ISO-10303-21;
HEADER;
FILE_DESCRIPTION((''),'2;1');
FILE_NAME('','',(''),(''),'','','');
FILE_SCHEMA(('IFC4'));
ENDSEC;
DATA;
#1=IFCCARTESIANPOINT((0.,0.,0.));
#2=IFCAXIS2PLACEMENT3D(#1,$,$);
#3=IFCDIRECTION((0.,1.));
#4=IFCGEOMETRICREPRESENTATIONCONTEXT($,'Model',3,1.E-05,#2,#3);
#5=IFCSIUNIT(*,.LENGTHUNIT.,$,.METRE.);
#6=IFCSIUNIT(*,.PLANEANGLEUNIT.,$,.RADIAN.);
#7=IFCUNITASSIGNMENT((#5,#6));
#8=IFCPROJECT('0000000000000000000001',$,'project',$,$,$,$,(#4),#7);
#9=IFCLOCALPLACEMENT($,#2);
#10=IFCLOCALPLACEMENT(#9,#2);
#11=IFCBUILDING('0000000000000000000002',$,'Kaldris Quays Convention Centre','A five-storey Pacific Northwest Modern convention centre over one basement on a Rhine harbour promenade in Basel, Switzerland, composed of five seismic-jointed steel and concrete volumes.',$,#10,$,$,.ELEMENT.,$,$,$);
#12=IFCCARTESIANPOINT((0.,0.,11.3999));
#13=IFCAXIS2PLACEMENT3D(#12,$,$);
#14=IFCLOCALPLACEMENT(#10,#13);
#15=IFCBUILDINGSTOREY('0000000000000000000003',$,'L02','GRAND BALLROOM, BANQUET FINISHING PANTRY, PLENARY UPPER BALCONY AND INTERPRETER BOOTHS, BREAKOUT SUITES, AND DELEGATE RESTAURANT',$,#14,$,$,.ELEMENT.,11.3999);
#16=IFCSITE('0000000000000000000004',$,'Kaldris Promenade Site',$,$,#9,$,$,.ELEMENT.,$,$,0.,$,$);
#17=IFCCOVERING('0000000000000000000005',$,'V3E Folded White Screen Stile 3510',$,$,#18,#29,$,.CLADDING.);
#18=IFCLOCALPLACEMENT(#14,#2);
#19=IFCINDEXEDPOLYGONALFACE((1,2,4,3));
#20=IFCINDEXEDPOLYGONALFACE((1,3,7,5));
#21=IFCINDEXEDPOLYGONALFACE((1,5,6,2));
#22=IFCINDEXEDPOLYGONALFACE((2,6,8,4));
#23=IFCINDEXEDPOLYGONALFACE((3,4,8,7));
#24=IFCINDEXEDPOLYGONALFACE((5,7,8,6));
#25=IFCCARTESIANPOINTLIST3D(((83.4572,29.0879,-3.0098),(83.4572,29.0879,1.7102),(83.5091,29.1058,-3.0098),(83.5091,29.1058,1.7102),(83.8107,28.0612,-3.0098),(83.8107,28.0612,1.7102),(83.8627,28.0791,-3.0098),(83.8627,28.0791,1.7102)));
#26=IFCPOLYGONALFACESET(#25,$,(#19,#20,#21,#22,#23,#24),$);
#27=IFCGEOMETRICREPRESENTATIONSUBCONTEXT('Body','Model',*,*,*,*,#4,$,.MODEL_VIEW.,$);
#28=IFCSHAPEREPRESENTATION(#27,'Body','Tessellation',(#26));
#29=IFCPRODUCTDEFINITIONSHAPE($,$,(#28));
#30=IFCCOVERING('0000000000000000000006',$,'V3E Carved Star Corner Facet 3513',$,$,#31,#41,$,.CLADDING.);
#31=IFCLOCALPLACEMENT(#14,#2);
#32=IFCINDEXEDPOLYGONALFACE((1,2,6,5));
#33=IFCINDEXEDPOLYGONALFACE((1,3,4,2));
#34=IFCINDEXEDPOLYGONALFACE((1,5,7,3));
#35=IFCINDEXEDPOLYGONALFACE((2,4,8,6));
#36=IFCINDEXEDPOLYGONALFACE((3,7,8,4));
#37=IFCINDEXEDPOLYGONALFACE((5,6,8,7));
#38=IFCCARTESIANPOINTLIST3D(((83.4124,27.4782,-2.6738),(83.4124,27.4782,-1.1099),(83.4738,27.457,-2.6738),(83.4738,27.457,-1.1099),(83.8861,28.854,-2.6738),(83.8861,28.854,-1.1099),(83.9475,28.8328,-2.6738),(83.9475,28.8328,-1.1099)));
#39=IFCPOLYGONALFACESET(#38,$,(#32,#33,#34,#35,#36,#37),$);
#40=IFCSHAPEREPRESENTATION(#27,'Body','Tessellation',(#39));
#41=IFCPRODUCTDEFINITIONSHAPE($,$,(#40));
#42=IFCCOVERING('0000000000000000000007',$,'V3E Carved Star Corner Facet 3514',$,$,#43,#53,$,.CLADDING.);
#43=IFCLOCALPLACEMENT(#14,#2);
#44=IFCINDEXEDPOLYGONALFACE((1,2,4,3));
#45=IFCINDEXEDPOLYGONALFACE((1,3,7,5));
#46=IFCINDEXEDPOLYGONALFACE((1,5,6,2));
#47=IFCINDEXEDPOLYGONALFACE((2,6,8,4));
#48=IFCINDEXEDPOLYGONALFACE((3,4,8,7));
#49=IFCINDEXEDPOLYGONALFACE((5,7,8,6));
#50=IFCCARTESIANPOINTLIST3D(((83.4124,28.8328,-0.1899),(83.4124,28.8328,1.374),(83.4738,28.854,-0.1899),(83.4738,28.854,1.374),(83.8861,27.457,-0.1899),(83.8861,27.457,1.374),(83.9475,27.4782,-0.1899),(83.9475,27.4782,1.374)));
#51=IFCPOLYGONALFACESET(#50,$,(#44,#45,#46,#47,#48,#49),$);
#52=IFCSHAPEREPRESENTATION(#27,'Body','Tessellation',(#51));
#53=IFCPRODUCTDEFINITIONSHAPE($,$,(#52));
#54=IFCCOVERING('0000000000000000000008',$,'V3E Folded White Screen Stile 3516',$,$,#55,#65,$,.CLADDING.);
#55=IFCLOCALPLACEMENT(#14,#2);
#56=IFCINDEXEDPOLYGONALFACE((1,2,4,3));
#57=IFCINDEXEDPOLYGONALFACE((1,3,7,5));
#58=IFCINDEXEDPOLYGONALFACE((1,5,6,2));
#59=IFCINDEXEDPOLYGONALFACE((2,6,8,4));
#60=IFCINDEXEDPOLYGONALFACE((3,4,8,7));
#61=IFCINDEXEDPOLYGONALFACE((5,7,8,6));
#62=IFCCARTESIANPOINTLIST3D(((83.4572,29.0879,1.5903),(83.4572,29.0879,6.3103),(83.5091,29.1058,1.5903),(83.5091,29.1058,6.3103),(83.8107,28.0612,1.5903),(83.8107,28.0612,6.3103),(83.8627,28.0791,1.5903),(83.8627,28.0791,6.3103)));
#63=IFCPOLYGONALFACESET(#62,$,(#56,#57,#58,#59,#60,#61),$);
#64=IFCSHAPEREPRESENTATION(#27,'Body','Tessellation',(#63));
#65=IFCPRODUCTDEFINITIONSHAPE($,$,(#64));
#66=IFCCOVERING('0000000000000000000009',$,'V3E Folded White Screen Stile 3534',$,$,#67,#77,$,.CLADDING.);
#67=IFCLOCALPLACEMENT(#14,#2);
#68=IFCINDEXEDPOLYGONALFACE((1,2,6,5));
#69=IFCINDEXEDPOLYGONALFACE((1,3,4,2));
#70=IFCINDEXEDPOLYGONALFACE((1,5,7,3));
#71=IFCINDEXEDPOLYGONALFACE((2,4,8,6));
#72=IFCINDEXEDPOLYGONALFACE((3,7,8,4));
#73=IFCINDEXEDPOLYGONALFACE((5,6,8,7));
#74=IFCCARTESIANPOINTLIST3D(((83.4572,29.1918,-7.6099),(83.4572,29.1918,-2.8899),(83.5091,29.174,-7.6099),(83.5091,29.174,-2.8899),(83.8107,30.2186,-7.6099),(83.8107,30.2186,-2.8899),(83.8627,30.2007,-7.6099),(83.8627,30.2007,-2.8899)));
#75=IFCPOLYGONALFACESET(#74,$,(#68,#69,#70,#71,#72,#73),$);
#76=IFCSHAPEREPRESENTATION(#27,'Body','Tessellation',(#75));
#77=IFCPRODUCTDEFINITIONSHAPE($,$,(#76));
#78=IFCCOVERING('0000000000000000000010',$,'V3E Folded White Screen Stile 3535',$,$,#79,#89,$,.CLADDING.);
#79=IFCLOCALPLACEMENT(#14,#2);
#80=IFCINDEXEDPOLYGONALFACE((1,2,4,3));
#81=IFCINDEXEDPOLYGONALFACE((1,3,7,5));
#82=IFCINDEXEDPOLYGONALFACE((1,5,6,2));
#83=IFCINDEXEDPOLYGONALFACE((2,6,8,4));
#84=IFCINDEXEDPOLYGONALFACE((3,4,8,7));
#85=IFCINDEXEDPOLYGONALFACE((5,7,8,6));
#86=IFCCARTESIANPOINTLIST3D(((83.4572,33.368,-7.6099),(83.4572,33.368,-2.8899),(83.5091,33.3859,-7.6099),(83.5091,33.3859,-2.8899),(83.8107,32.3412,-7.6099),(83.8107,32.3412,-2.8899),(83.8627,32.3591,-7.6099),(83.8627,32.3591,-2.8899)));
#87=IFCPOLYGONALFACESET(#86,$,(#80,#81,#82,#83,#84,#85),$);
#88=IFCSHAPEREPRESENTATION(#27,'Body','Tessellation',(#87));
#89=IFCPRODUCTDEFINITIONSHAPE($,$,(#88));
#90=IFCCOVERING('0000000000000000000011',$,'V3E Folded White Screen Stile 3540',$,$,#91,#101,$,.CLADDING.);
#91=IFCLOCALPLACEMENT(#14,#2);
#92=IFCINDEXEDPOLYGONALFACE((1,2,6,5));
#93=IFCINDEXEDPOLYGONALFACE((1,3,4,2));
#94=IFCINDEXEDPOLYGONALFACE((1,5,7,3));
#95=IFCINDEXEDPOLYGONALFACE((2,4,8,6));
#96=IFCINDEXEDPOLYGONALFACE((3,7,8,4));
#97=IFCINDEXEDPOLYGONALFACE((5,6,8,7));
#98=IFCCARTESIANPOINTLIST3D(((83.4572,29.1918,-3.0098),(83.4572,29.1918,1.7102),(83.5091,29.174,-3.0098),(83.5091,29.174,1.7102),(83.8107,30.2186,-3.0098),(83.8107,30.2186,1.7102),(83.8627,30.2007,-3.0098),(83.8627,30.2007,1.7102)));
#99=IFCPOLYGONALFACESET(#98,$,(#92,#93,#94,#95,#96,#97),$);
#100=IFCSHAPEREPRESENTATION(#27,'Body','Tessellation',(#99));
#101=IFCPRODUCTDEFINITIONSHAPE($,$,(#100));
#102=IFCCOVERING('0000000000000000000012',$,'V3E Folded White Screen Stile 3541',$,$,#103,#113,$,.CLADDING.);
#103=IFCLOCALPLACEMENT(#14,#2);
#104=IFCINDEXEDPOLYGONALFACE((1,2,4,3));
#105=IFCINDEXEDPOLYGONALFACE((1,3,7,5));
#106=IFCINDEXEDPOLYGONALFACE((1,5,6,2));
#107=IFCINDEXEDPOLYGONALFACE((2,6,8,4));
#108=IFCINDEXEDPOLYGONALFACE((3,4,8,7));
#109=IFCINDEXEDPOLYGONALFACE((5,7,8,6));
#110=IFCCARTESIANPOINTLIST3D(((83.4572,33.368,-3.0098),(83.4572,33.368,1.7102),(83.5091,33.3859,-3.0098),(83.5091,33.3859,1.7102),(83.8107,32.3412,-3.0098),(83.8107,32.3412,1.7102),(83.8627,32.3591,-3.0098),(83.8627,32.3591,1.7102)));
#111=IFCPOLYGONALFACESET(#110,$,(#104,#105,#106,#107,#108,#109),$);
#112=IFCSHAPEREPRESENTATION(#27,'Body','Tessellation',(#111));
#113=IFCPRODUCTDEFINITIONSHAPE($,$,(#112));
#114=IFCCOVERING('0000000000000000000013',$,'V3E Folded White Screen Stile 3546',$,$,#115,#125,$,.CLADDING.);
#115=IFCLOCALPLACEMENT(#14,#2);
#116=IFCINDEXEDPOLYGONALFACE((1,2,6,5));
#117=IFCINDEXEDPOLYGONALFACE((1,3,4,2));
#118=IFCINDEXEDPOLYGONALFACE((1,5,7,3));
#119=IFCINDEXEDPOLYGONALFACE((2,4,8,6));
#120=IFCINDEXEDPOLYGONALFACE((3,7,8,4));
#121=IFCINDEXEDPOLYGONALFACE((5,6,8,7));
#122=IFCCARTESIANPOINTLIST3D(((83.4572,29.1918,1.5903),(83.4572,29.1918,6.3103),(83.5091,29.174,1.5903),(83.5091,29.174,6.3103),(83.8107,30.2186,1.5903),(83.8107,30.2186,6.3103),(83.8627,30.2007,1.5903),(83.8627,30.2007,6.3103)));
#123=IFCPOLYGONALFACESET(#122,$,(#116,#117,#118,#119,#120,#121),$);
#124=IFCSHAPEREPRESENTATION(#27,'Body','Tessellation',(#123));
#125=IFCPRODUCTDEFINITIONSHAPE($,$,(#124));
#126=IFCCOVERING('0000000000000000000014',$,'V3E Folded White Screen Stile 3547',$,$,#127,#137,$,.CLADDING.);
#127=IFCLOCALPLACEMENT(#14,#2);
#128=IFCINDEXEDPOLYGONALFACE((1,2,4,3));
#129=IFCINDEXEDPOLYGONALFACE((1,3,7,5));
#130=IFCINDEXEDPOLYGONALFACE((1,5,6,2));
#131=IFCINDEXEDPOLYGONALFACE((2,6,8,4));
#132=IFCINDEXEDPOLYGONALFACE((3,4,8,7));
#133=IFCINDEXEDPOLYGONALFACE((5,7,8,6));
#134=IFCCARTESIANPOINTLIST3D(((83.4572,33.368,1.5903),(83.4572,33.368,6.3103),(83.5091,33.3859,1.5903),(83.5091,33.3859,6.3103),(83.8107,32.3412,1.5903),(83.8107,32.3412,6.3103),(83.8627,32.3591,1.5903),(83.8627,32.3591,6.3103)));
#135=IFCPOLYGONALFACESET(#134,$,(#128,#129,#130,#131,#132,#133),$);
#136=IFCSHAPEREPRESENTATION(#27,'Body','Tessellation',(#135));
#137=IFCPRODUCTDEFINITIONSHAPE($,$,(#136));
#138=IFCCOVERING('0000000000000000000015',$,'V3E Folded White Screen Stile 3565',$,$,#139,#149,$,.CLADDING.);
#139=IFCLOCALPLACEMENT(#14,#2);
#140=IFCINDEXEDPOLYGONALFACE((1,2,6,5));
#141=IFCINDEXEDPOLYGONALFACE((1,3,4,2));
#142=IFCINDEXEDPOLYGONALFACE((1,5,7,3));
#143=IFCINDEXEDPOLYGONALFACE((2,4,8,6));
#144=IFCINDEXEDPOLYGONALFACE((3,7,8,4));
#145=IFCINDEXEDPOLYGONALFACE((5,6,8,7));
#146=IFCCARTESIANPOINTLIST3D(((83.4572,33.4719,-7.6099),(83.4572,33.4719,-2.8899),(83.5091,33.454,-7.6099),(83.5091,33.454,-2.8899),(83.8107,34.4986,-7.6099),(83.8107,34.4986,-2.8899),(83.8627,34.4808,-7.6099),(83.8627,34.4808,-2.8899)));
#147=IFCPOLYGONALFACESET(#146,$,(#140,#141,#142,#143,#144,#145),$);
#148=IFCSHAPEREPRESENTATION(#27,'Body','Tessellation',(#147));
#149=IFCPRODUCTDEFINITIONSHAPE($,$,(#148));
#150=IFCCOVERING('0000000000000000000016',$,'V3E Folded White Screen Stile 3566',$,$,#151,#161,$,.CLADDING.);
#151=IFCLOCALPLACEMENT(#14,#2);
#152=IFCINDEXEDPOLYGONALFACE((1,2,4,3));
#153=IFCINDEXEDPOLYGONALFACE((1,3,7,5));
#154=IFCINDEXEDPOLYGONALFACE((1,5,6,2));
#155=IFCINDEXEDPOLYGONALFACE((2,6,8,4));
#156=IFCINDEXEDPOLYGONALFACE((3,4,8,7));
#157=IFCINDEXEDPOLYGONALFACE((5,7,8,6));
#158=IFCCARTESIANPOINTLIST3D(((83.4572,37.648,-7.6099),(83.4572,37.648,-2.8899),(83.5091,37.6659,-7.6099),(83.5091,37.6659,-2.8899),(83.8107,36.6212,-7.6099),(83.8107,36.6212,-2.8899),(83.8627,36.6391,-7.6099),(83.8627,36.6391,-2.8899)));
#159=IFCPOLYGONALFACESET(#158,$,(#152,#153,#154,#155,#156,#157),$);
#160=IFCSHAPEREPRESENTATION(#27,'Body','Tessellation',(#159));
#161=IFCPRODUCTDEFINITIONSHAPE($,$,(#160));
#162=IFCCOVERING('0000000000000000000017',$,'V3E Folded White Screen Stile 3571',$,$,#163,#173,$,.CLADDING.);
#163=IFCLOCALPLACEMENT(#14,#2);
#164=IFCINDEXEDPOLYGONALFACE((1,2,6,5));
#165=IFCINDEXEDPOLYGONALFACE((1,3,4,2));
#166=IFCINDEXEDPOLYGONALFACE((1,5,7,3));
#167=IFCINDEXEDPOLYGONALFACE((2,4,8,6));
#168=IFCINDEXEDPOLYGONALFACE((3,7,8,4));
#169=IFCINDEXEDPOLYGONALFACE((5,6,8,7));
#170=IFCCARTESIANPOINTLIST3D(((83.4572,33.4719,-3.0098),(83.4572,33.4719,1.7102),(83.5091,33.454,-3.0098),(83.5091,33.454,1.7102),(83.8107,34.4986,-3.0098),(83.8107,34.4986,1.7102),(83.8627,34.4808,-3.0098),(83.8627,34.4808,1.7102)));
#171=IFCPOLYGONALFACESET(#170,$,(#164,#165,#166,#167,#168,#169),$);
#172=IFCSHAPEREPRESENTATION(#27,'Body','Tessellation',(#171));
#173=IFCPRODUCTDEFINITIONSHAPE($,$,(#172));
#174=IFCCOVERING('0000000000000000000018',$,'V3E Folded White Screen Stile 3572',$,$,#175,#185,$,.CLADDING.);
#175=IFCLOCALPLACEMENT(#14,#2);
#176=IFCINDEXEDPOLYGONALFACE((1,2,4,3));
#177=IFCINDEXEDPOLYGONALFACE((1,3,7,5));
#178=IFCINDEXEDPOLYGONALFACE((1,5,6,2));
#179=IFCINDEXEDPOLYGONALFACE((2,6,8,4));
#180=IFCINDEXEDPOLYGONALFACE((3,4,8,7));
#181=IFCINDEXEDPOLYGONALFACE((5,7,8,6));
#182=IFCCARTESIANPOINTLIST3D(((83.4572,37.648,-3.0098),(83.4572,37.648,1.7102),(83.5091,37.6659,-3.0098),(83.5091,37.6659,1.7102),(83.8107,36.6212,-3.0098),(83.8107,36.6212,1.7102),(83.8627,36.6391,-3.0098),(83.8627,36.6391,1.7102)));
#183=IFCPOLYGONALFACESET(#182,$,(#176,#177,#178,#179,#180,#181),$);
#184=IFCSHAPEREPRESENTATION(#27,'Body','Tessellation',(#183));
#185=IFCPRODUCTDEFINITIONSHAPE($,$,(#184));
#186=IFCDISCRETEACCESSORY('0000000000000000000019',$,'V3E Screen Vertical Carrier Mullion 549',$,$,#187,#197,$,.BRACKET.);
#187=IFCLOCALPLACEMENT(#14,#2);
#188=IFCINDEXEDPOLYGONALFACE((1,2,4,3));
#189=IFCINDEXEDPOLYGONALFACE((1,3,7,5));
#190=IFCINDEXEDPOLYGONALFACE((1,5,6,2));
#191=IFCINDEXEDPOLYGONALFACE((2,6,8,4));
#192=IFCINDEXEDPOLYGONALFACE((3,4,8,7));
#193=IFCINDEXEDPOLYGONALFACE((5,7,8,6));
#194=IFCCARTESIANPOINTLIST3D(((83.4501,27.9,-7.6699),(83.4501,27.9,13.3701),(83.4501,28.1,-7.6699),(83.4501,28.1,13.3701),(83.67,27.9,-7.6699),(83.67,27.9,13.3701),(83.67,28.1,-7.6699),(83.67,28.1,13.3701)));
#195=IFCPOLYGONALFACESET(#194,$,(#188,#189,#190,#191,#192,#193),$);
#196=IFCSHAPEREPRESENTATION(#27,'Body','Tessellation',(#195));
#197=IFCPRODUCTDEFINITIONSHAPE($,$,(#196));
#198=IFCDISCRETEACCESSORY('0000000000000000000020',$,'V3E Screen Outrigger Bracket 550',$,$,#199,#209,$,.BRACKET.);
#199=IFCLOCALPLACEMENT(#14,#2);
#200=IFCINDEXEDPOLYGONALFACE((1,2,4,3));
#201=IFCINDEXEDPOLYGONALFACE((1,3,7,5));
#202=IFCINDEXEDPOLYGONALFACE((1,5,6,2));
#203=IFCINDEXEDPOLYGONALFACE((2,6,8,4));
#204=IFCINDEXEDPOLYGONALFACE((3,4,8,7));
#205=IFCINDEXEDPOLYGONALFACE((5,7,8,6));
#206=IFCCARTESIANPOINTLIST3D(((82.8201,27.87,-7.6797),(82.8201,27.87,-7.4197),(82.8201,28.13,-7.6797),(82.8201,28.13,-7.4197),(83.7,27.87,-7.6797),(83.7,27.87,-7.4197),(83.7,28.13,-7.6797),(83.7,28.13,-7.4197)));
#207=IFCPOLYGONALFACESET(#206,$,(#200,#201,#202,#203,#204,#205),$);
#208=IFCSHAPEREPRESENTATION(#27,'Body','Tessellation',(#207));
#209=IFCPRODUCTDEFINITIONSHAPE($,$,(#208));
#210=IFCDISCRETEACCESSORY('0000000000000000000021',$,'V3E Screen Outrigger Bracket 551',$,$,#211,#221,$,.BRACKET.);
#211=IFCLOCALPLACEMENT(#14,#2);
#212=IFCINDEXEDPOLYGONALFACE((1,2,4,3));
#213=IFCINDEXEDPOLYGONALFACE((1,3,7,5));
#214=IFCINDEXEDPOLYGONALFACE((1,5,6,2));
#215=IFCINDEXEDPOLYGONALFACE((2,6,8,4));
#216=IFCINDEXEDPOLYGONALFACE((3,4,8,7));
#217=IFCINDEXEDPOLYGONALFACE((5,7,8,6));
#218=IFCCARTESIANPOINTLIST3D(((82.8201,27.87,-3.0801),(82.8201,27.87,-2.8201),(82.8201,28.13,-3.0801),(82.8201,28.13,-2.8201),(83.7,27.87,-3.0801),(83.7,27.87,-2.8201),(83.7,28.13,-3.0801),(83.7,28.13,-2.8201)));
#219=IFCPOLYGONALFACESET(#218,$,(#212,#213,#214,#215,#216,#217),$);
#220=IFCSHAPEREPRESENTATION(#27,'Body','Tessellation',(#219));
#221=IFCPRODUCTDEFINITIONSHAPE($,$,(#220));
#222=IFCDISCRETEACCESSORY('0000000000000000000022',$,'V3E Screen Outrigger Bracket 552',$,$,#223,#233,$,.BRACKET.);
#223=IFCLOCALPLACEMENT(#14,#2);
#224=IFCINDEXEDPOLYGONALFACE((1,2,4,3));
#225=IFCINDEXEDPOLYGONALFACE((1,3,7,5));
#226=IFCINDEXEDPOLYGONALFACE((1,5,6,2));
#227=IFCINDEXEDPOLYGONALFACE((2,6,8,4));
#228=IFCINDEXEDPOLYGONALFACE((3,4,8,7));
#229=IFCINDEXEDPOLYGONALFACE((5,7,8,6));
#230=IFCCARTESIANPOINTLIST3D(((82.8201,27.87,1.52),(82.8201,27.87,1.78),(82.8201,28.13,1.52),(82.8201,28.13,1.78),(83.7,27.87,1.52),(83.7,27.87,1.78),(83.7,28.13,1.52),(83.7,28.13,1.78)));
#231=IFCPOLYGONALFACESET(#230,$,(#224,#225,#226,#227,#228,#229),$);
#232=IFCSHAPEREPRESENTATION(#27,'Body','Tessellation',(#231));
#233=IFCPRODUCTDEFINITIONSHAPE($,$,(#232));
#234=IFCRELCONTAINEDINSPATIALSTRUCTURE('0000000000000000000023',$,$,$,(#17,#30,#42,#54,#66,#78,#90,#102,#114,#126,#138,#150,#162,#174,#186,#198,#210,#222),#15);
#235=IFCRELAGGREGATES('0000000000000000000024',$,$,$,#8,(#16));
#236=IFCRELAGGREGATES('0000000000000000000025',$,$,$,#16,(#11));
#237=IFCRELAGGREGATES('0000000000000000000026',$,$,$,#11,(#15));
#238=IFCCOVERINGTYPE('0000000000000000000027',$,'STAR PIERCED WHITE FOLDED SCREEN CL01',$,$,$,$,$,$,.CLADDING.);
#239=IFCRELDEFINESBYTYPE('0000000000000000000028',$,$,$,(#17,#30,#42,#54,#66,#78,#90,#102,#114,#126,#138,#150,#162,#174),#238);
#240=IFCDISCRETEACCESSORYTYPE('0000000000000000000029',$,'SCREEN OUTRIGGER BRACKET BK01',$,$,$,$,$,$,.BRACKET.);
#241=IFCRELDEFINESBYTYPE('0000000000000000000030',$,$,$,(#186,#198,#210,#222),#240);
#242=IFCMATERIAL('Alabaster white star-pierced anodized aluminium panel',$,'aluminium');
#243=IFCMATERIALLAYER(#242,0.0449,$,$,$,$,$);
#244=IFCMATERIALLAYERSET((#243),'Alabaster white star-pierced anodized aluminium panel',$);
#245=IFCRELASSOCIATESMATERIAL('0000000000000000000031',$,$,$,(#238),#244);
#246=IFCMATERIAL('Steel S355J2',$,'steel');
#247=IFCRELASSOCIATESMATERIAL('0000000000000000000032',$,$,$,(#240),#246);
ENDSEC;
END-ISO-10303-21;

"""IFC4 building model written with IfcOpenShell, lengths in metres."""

from ifc_helpers import new_model, si_unit, direction, frame, origin, origin_2d, place, context, subcontext, project, spatial, rectangle, extrude, material, layer, layer_set, type_object, element, save


model = new_model("IFC4")

# Units and contexts
model_context = context("Model", 3, precision=1e-05, world=origin(), true_north=direction((0.0, 1.0)))
body_context = subcontext(model_context, "Body", "Model", "MODEL_VIEW")
ifc_project = project(units=[si_unit("LENGTHUNIT", "METRE"), si_unit("PLANEANGLEUNIT", "RADIAN")], contexts=[model_context])

# Site, building, storey
site_placement = place(None, origin())
site = spatial("IfcSite", under=ifc_project, at=site_placement, Name="Kaldris Promenade Site", CompositionType="ELEMENT", RefElevation=0.0)
building_placement = place(site_placement, origin())
building = spatial("IfcBuilding", under=site, at=building_placement, Name="Kaldris Quays Convention Centre", Description="A five-storey Pacific Northwest Modern convention centre over one basement on a Rhine harbour promenade in Basel, Switzerland, composed of five seismic-jointed steel and concrete volumes.", CompositionType="ELEMENT")
storey_placement = place(building_placement, frame((0.0, 0.0, 11.3999)))
storey = spatial("IfcBuildingStorey", under=building, at=storey_placement, Name="L02", Description="GRAND BALLROOM, BANQUET FINISHING PANTRY, PLENARY UPPER BALCONY AND INTERPRETER BOOTHS, BREAKOUT SUITES, AND DELEGATE RESTAURANT", CompositionType="ELEMENT", Elevation=11.3999)

# Shared definitions
ifc_material_1 = material(Name="Steel S355J2", Category="steel")

# Coverings
ifc_material_2 = material(Name="Alabaster white star-pierced anodized aluminium panel", Category="aluminium")
ifc_layer = layer(ifc_material_2, 0.0449)
ifc_layer_set = layer_set([ifc_layer], Name="Alabaster white star-pierced anodized aluminium panel")
covering_type = type_object("IfcCoveringType", Name="STAR PIERCED WHITE FOLDED SCREEN CL01", PredefinedType="CLADDING", material=ifc_layer_set)
covering_1_placement = place(storey_placement, frame((83.6599, 28.5835, -3.0098), z_axis=(0.0, 0.0, 1.0), x_axis=(-0.325568, 0.945519, 0.0)))
element("IfcCovering", 1, at=covering_1_placement, inside=storey, type_object=covering_type, Name="V3E Folded White Screen Stile 3510", PredefinedType="CLADDING", context=body_context, shape_type="SweptSolid", body=[
    extrude(rectangle(XDim=1.0859, YDim=0.0549, at=origin_2d()), origin(), (0.0, 0.0, 1.0), 4.72),
])
for number, where, z_axis, x_axis, name in (
    (2, (83.6799, 28.1555, -2.6738), (0.0, 0.0, 1.0), (0.325568, 0.945519, 0.0), "V3E Carved Star Corner Facet 3513"),
    (3, (83.6799, 28.1555, -0.1899), (0.0, 0.0, 1.0), (-0.325568, 0.945519, 0.0), "V3E Carved Star Corner Facet 3514"),
):
    element("IfcCovering", number, at=place(storey_placement, frame(where, z_axis=z_axis, x_axis=x_axis)), inside=storey, type_object=covering_type, Name=name, PredefinedType="CLADDING", context=body_context, shape_type="SweptSolid", body=[
        extrude(rectangle(XDim=1.4551, YDim=0.0649, at=origin_2d()), origin(), (0.0, 0.0, 1.0), 1.564),
    ])
for number, where, z_axis, x_axis, name in (
    (4, (83.6599, 28.5835, 1.5903), (0.0, 0.0, 1.0), (-0.325568, 0.945519, 0.0), "V3E Folded White Screen Stile 3516"),
    (5, (83.6599, 29.6963, -7.6099), (0.0, 0.0, 1.0), (0.325568, 0.945519, 0.0), "V3E Folded White Screen Stile 3534"),
    (6, (83.6599, 32.8635, -7.6099), (0.0, 0.0, 1.0), (-0.325568, 0.945519, 0.0), "V3E Folded White Screen Stile 3535"),
    (7, (83.6599, 29.6963, -3.0098), (0.0, 0.0, 1.0), (0.325568, 0.945519, 0.0), "V3E Folded White Screen Stile 3540"),
    (8, (83.6599, 32.8635, -3.0098), (0.0, 0.0, 1.0), (-0.325568, 0.945519, 0.0), "V3E Folded White Screen Stile 3541"),
    (9, (83.6599, 29.6963, 1.5903), (0.0, 0.0, 1.0), (0.325568, 0.945519, 0.0), "V3E Folded White Screen Stile 3546"),
    (10, (83.6599, 32.8635, 1.5903), (0.0, 0.0, 1.0), (-0.325568, 0.945519, 0.0), "V3E Folded White Screen Stile 3547"),
    (11, (83.6599, 33.9763, -7.6099), (0.0, 0.0, 1.0), (0.325568, 0.945519, 0.0), "V3E Folded White Screen Stile 3565"),
    (12, (83.6599, 37.1436, -7.6099), (0.0, 0.0, 1.0), (-0.325568, 0.945519, 0.0), "V3E Folded White Screen Stile 3566"),
    (13, (83.6599, 33.9763, -3.0098), (0.0, 0.0, 1.0), (0.325568, 0.945519, 0.0), "V3E Folded White Screen Stile 3571"),
    (14, (83.6599, 37.1436, -3.0098), (0.0, 0.0, 1.0), (-0.325568, 0.945519, 0.0), "V3E Folded White Screen Stile 3572"),
):
    element("IfcCovering", number, at=place(storey_placement, frame(where, z_axis=z_axis, x_axis=x_axis)), inside=storey, type_object=covering_type, Name=name, PredefinedType="CLADDING", context=body_context, shape_type="SweptSolid", body=[
        extrude(rectangle(XDim=1.0859, YDim=0.0549, at=origin_2d()), origin(), (0.0, 0.0, 1.0), 4.72),
    ])

# Discrete accessories
discrete_accessory_type = type_object("IfcDiscreteAccessoryType", Name="SCREEN OUTRIGGER BRACKET BK01", PredefinedType="BRACKET", material=ifc_material_1)
discrete_accessory_1_placement = place(storey_placement, frame((83.5601, 28.0, -7.6699), z_axis=(0.0, 0.0, 1.0), x_axis=(0.0, 1.0, 0.0)))
element("IfcDiscreteAccessory", 15, at=discrete_accessory_1_placement, inside=storey, type_object=discrete_accessory_type, Name="V3E Screen Vertical Carrier Mullion 549", PredefinedType="BRACKET", context=body_context, shape_type="SweptSolid", body=[
    extrude(rectangle(XDim=0.2, YDim=0.22, at=origin_2d()), origin(), (0.0, 0.0, 1.0), 21.04),
])
for number, where, z_axis, x_axis, name in (
    (16, (83.26, 28.0, -7.6797), (0.0, 0.0, 1.0), (0.0, 1.0, 0.0), "V3E Screen Outrigger Bracket 550"),
    (17, (83.26, 28.0, -3.0801), (0.0, 0.0, 1.0), (0.0, 1.0, 0.0), "V3E Screen Outrigger Bracket 551"),
    (18, (83.26, 28.0, 1.52), (0.0, 0.0, 1.0), (0.0, 1.0, 0.0), "V3E Screen Outrigger Bracket 552"),
):
    element("IfcDiscreteAccessory", number, at=place(storey_placement, frame(where, z_axis=z_axis, x_axis=x_axis)), inside=storey, type_object=discrete_accessory_type, Name=name, PredefinedType="BRACKET", context=body_context, shape_type="SweptSolid", body=[
        extrude(rectangle(XDim=0.26, YDim=0.8799, at=origin_2d()), origin(), (0.0, 0.0, 1.0), 0.26),
    ])

save(model, "model.ifc")
